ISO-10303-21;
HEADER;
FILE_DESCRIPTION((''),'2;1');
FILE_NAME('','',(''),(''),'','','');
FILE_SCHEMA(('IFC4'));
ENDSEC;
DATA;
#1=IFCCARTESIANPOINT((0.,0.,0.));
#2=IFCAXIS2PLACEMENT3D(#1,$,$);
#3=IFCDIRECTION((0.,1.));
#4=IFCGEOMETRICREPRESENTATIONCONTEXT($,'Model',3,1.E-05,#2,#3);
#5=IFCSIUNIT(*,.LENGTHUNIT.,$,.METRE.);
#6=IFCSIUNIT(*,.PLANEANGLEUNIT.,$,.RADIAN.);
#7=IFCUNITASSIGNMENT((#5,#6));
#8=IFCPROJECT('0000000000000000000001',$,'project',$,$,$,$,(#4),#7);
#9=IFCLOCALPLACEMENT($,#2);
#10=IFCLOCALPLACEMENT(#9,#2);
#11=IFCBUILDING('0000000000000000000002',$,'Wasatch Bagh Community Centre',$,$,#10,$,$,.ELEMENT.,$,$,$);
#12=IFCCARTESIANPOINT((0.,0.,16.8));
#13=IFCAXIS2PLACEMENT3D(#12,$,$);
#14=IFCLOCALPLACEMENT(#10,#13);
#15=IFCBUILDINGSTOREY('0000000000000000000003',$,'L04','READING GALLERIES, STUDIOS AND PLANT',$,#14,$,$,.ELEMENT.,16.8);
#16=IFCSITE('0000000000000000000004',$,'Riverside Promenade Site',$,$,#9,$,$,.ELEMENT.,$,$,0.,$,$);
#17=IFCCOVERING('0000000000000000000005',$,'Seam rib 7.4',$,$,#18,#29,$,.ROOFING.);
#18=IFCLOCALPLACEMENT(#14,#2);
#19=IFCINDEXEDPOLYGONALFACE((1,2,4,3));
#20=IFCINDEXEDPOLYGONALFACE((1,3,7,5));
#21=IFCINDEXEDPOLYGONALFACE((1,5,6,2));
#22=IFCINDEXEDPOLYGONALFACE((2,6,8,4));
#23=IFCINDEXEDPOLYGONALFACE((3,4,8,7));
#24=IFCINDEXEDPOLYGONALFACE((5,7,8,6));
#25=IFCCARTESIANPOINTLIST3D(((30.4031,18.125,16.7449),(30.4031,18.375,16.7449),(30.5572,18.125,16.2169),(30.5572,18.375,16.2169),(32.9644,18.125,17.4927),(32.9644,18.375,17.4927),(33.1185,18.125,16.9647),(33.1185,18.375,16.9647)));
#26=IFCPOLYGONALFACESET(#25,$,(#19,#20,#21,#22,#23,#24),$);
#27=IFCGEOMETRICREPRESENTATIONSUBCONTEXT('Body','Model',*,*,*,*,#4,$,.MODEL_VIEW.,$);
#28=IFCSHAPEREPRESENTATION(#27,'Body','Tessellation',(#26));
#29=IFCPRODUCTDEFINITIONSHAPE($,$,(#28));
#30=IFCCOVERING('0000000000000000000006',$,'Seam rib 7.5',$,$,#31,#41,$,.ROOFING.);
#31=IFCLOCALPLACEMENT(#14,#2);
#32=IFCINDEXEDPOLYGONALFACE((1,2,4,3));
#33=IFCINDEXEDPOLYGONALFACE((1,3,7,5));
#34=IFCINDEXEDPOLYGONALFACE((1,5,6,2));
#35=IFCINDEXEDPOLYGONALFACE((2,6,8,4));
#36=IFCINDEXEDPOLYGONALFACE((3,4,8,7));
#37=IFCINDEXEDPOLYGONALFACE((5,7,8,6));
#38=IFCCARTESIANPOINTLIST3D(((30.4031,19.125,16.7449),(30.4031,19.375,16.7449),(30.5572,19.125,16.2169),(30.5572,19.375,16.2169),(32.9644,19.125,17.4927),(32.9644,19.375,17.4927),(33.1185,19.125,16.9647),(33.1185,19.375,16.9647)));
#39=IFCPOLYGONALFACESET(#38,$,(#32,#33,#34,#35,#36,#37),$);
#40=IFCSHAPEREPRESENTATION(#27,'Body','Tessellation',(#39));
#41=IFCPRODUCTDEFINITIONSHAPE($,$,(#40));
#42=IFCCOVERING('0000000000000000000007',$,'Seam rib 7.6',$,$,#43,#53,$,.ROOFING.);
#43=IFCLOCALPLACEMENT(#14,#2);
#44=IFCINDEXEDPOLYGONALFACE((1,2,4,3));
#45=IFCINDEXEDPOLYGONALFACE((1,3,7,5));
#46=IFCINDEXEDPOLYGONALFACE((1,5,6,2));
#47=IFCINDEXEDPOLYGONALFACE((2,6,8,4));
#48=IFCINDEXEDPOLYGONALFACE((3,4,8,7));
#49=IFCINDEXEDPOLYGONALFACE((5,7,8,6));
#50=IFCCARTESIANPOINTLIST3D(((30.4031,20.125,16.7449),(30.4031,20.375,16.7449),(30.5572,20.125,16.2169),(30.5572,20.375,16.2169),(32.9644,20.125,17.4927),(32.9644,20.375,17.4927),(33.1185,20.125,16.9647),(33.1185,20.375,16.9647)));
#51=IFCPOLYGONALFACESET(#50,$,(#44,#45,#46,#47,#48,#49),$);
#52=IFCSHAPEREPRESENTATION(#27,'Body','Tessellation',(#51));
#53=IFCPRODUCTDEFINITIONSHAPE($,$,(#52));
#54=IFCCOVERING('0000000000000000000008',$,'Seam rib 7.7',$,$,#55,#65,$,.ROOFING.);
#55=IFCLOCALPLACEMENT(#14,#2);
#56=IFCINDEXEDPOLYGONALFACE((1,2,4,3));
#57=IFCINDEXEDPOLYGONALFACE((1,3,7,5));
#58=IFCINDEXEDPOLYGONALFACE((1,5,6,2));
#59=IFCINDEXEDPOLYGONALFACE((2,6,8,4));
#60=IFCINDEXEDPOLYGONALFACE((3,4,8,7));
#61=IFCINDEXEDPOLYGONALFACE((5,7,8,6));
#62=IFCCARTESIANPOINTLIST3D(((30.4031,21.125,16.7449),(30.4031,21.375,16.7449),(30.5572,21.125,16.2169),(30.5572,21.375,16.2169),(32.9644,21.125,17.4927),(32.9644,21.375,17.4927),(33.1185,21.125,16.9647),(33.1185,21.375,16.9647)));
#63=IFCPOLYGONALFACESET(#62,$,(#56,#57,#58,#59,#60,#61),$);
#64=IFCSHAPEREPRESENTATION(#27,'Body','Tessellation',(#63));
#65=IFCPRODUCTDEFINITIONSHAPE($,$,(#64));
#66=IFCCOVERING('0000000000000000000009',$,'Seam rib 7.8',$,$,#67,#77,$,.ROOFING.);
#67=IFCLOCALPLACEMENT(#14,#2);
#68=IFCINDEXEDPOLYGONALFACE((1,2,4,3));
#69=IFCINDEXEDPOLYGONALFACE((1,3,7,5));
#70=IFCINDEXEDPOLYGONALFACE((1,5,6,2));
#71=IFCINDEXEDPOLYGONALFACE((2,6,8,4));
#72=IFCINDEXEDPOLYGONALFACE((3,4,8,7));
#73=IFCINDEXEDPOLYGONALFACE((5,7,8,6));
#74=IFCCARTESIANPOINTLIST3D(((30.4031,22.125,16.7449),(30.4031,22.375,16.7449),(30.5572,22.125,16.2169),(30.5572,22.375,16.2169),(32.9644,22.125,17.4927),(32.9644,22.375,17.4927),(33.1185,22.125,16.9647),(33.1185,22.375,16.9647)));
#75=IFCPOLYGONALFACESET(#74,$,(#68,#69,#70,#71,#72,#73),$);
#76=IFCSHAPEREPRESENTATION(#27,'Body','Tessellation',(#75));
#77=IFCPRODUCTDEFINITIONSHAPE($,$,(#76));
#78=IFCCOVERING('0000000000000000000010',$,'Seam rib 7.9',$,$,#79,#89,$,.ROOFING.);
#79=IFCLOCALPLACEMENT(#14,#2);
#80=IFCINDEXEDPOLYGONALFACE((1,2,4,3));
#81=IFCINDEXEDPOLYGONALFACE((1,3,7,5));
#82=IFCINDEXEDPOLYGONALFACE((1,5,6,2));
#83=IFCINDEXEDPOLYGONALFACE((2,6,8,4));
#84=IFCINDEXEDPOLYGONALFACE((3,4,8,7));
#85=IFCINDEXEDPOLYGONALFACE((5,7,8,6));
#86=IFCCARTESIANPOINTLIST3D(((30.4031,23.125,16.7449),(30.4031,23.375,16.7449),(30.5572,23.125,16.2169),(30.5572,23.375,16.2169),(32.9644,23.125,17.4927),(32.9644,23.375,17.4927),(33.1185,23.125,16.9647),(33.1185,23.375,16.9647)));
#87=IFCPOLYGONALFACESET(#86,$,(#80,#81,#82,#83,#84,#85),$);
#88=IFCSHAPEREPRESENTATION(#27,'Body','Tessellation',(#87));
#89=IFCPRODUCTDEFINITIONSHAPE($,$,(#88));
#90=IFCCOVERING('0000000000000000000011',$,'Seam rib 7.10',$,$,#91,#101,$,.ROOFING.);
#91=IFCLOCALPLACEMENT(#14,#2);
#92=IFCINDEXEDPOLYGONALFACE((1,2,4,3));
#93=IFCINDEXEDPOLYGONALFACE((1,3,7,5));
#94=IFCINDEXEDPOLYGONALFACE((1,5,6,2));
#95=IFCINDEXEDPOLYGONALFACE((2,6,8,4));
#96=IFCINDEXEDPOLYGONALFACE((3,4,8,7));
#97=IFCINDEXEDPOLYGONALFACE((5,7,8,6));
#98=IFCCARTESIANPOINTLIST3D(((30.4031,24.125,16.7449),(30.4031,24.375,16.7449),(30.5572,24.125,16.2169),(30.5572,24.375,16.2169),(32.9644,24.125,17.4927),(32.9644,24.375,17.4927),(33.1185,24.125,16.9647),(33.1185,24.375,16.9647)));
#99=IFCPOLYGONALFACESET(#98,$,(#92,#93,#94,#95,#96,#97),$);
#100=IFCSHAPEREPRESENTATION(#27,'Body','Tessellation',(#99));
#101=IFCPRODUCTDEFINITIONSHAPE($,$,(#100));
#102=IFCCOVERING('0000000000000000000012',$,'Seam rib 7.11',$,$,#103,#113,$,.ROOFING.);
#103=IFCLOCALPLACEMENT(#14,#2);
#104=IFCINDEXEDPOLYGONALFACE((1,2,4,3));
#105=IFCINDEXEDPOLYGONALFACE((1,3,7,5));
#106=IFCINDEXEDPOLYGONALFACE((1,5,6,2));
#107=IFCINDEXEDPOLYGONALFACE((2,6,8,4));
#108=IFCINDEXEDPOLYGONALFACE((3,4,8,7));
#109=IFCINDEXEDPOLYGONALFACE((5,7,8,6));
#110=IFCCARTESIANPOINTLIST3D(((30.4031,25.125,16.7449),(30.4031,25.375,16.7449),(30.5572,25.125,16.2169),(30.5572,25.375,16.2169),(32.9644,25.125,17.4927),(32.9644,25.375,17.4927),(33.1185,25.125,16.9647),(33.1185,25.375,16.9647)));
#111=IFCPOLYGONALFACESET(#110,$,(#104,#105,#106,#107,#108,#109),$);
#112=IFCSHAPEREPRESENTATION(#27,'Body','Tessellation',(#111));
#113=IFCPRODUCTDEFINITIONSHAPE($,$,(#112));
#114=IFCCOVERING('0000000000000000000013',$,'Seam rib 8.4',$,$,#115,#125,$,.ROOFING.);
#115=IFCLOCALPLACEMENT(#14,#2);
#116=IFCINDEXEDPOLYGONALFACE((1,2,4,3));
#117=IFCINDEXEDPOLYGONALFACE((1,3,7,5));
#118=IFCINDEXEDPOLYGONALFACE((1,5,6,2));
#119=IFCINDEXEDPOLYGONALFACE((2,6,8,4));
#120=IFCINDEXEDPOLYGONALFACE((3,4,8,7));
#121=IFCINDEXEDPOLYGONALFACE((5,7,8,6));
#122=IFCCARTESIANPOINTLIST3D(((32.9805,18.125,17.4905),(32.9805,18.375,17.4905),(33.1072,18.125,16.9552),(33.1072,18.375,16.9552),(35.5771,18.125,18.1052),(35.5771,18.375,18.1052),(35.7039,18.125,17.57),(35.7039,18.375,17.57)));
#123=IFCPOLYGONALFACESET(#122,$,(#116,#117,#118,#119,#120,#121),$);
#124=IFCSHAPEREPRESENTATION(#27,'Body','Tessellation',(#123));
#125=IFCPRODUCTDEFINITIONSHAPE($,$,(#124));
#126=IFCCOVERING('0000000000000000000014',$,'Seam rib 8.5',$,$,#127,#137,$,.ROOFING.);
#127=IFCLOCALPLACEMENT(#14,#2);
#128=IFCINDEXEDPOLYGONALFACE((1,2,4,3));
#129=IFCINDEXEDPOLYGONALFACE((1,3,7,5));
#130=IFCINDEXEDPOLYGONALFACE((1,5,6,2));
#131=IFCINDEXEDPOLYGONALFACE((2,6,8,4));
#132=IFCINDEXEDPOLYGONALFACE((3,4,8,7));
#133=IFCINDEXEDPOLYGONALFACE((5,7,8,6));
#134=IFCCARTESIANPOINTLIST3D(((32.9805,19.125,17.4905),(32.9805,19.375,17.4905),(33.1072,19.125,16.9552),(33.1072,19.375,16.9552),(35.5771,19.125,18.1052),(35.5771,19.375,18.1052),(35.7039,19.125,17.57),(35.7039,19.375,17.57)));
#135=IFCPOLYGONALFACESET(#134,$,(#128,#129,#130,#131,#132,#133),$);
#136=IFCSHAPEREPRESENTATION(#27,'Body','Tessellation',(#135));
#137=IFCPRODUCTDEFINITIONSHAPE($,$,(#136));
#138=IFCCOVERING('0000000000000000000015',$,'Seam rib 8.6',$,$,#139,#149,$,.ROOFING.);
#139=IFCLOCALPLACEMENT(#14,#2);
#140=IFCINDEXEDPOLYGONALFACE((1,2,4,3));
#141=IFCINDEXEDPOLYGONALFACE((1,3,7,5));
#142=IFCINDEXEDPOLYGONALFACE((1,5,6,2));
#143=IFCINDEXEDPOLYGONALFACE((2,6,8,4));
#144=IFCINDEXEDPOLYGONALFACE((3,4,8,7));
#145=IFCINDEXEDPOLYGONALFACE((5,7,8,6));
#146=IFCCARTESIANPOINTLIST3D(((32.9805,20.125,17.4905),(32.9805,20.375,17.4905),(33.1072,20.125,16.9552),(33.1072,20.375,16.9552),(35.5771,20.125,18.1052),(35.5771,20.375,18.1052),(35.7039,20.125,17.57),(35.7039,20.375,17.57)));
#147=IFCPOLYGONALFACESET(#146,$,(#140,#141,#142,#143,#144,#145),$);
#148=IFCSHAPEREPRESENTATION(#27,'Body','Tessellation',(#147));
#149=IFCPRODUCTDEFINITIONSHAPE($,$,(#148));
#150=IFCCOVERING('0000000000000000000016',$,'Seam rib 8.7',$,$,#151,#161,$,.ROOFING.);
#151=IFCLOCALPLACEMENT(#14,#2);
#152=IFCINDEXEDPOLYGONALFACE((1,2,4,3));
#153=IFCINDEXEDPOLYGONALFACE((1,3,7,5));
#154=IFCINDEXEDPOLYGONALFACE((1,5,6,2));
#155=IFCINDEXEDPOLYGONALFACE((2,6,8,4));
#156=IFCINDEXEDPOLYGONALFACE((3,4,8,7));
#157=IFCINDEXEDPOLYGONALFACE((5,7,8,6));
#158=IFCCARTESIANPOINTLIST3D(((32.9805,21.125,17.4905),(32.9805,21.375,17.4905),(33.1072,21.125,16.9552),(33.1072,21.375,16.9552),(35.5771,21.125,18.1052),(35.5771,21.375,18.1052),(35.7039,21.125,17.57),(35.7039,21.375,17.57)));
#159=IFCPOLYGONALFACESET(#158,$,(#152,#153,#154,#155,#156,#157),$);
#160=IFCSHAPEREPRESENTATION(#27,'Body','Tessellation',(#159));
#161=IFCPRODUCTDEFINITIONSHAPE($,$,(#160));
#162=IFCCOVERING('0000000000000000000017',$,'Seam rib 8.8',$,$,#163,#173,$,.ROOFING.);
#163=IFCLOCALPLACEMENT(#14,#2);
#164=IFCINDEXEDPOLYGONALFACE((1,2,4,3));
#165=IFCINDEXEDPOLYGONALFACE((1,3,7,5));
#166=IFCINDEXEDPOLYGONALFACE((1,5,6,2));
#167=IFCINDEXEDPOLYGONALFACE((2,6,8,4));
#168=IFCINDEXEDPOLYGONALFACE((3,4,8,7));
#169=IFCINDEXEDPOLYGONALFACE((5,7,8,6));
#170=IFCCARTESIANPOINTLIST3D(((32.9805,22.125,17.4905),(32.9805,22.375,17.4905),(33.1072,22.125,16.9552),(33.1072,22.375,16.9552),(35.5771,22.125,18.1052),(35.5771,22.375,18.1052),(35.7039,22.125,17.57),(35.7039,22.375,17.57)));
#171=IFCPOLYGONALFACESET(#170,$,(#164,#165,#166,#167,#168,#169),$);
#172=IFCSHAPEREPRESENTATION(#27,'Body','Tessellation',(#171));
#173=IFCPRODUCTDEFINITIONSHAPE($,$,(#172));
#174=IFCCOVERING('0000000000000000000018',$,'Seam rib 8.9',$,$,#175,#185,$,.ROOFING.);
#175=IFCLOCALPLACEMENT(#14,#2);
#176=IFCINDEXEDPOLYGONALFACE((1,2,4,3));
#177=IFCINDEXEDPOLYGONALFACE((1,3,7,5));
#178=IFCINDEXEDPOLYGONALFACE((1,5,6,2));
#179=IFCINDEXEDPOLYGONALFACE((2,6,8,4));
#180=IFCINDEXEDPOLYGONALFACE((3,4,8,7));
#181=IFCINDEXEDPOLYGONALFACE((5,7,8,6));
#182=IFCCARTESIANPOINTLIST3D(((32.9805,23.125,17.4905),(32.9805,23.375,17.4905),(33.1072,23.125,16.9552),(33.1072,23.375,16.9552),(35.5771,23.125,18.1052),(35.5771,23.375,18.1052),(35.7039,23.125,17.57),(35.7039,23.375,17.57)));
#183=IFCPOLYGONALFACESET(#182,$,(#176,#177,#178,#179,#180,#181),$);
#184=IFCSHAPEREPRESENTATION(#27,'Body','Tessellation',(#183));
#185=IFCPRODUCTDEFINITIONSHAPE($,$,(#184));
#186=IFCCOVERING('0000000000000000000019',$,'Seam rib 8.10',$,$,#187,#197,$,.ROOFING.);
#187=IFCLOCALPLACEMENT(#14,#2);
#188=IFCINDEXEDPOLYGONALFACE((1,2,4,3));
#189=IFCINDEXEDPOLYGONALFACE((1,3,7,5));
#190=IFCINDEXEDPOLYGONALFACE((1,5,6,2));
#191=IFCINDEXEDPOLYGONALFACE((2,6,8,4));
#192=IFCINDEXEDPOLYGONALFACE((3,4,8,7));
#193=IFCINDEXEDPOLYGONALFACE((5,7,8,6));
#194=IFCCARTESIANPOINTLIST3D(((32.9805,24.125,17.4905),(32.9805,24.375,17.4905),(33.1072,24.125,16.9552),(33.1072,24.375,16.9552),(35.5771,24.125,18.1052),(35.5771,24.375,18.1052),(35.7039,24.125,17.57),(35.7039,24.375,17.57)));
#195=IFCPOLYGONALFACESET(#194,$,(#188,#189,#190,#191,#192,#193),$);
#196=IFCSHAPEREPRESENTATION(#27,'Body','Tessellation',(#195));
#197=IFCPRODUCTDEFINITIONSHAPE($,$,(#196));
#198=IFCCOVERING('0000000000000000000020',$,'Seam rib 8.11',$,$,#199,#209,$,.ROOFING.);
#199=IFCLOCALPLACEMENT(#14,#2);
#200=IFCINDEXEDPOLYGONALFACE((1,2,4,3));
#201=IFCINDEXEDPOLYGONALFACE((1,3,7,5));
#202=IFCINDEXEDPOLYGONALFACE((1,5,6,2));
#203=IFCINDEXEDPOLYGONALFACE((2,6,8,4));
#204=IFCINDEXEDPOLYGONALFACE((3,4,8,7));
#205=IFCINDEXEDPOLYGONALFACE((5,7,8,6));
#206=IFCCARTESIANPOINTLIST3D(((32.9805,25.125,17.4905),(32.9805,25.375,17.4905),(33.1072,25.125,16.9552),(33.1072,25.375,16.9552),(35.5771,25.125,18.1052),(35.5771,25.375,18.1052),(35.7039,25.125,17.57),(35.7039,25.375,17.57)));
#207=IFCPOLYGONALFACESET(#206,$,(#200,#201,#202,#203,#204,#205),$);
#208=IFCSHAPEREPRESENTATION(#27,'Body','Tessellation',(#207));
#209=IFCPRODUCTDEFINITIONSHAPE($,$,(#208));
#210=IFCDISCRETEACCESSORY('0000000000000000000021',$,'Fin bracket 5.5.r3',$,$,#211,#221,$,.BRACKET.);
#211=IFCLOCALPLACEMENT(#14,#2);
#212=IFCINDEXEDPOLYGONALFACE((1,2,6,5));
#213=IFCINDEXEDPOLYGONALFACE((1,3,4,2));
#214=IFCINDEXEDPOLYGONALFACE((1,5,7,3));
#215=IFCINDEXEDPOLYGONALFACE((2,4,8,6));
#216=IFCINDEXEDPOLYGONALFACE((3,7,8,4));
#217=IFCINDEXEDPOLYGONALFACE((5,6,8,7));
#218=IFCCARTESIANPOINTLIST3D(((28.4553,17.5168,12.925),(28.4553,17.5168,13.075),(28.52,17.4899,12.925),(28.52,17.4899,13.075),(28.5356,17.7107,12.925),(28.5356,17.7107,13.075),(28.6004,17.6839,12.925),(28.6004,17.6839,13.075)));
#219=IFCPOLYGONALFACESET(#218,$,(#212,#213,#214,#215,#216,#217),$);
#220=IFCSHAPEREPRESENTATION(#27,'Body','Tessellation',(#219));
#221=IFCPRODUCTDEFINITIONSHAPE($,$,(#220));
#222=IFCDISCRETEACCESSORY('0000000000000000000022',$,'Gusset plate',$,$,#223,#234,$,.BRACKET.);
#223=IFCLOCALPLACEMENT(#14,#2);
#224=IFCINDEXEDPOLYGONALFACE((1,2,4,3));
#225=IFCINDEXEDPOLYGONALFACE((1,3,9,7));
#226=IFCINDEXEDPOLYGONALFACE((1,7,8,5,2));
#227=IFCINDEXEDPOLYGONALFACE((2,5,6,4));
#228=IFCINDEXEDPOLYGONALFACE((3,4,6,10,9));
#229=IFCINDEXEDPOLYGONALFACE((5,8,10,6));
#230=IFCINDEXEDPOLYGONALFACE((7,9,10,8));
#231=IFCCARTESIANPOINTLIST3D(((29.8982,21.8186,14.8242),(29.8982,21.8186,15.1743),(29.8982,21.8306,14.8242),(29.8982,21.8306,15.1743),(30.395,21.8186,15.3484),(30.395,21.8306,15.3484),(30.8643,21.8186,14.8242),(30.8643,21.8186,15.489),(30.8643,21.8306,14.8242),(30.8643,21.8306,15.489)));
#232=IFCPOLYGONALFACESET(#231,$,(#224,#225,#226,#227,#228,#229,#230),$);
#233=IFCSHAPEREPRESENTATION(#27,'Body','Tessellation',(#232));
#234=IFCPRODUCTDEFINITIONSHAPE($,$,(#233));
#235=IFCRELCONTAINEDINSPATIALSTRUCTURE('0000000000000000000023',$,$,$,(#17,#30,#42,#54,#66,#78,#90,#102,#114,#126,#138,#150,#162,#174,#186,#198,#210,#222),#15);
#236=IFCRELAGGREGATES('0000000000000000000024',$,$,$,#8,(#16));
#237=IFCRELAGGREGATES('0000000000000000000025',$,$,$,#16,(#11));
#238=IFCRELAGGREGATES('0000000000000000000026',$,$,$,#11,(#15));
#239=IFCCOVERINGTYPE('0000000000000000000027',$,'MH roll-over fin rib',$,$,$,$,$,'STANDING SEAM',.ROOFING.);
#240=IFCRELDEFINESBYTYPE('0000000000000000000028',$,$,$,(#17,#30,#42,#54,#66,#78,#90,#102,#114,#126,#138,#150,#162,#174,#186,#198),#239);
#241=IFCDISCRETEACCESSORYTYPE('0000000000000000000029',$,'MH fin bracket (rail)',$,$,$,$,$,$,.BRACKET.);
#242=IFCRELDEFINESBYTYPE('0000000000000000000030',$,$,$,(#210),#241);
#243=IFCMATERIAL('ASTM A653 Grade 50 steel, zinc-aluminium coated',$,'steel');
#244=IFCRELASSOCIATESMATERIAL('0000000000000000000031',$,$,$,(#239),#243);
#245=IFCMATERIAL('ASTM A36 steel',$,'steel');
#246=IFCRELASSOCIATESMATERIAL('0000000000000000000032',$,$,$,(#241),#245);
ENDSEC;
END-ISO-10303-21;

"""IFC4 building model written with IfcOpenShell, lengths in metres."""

from ifc_helpers import new_model, si_unit, direction, frame, origin, origin_2d, place, context, subcontext, project, spatial, polyline, rectangle, outline, extrude, material, type_object, element, save


model = new_model("IFC4")

# Units and contexts
model_context = context("Model", 3, precision=1e-05, world=origin(), true_north=direction((0.0, 1.0)))
body_context = subcontext(model_context, "Body", "Model", "MODEL_VIEW")
ifc_project = project(units=[si_unit("LENGTHUNIT", "METRE"), si_unit("PLANEANGLEUNIT", "RADIAN")], contexts=[model_context])

# Site, building, storey
site_placement = place(None, origin())
site = spatial("IfcSite", under=ifc_project, at=site_placement, Name="Riverside Promenade Site", CompositionType="ELEMENT", RefElevation=0.0)
building_placement = place(site_placement, origin())
building = spatial("IfcBuilding", under=site, at=building_placement, Name="Wasatch Bagh Community Centre", CompositionType="ELEMENT")
storey_placement = place(building_placement, frame((0.0, 0.0, 16.8)))
storey = spatial("IfcBuildingStorey", under=building, at=storey_placement, Name="L04", Description="READING GALLERIES, STUDIOS AND PLANT", CompositionType="ELEMENT", Elevation=16.8)

# Coverings
ifc_material_1 = material(Name="ASTM A653 Grade 50 steel, zinc-aluminium coated", Category="steel")
covering_type = type_object("IfcCoveringType", Name="MH roll-over fin rib", ElementType="STANDING SEAM", PredefinedType="ROOFING", material=ifc_material_1)
for number, where, z_axis, x_axis, name in (
    (1, (30.4031, 18.125, 16.7449), (-0.280264, 0.0, 0.959923), (0.959923, 0.0, 0.280264), "Seam rib 7.4"),
    (2, (30.4031, 19.125, 16.7449), (-0.280264, 0.0, 0.959923), (0.959923, 0.0, 0.280264), "Seam rib 7.5"),
    (3, (30.4031, 20.125, 16.7449), (-0.280264, 0.0, 0.959923), (0.959923, 0.0, 0.280264), "Seam rib 7.6"),
    (4, (30.4031, 21.125, 16.7449), (-0.280264, 0.0, 0.959923), (0.959923, 0.0, 0.280264), "Seam rib 7.7"),
    (5, (30.4031, 22.125, 16.7449), (-0.280264, 0.0, 0.959923), (0.959923, 0.0, 0.280264), "Seam rib 7.8"),
    (6, (30.4031, 23.125, 16.7449), (-0.280264, 0.0, 0.959923), (0.959923, 0.0, 0.280264), "Seam rib 7.9"),
    (7, (30.4031, 24.125, 16.7449), (-0.280264, 0.0, 0.959923), (0.959923, 0.0, 0.280264), "Seam rib 7.10"),
    (8, (30.4031, 25.125, 16.7449), (-0.280264, 0.0, 0.959923), (0.959923, 0.0, 0.280264), "Seam rib 7.11"),
):
    element("IfcCovering", number, at=place(storey_placement, frame(where, z_axis=z_axis, x_axis=x_axis)), inside=storey, type_object=covering_type, Name=name, PredefinedType="ROOFING", context=body_context, shape_type="SweptSolid", body=[
        extrude(outline(polyline([(0.0, 0.0), (2.6682, 0.0), (2.6682, 0.25), (0.0, 0.25), (0.0, 0.0)])), origin(), (0.0, 0.0, -1.0), 0.55),
    ])
for number, where, z_axis, x_axis, name in (
    (9, (32.9805, 18.125, 17.4905), (-0.230375, 0.0, 0.973102), (0.973102, 0.0, 0.230375), "Seam rib 8.4"),
    (10, (32.9805, 19.125, 17.4905), (-0.230375, 0.0, 0.973102), (0.973102, 0.0, 0.230375), "Seam rib 8.5"),
    (11, (32.9805, 20.125, 17.4905), (-0.230375, 0.0, 0.973102), (0.973102, 0.0, 0.230375), "Seam rib 8.6"),
    (12, (32.9805, 21.125, 17.4905), (-0.230375, 0.0, 0.973102), (0.973102, 0.0, 0.230375), "Seam rib 8.7"),
    (13, (32.9805, 22.125, 17.4905), (-0.230375, 0.0, 0.973102), (0.973102, 0.0, 0.230375), "Seam rib 8.8"),
    (14, (32.9805, 23.125, 17.4905), (-0.230375, 0.0, 0.973102), (0.973102, 0.0, 0.230375), "Seam rib 8.9"),
    (15, (32.9805, 24.125, 17.4905), (-0.230375, 0.0, 0.973102), (0.973102, 0.0, 0.230375), "Seam rib 8.10"),
    (16, (32.9805, 25.125, 17.4905), (-0.230375, 0.0, 0.973102), (0.973102, 0.0, 0.230375), "Seam rib 8.11"),
):
    element("IfcCovering", number, at=place(storey_placement, frame(where, z_axis=z_axis, x_axis=x_axis)), inside=storey, type_object=covering_type, Name=name, PredefinedType="ROOFING", context=body_context, shape_type="SweptSolid", body=[
        extrude(outline(polyline([(0.0, 0.0), (2.6685, 0.0), (2.6685, 0.25), (0.0, 0.25), (0.0, 0.0)])), origin(), (0.0, 0.0, -1.0), 0.55),
    ])

# Discrete accessories
ifc_material_2 = material(Name="ASTM A36 steel", Category="steel")
discrete_accessory_type = type_object("IfcDiscreteAccessoryType", Name="MH fin bracket (rail)", PredefinedType="BRACKET", material=ifc_material_2)
discrete_accessory_1_placement = place(storey_placement, frame((28.5278, 17.6003, 12.925), z_axis=(0.0, 0.0, 1.0), x_axis=(0.92388, -0.382683, 0.0)))
element("IfcDiscreteAccessory", 17, at=discrete_accessory_1_placement, inside=storey, type_object=discrete_accessory_type, Name="Fin bracket 5.5.r3", PredefinedType="BRACKET", context=body_context, shape_type="SweptSolid", body=[
    extrude(rectangle(XDim=0.0701, YDim=0.21, at=origin_2d()), origin(), (0.0, 0.0, 1.0), 0.1499),
])
discrete_accessory_2_placement = place(storey_placement, frame((29.8982, 21.8306, 15.1743), z_axis=(0.0, 1.0, 0.0), x_axis=(0.94375, 0.0, 0.33066)))
element("IfcDiscreteAccessory", 18, at=discrete_accessory_2_placement, inside=storey, Name="Gusset plate", PredefinedType="BRACKET", context=body_context, shape_type="SweptSolid", body=[
    extrude(outline(polyline([(0.0, 0.0), (0.5264, 0.0), (1.0158, 0.0224), (0.796, 0.6498), (-0.1158, 0.3304), (0.0, 0.0)])), origin(), (0.0, 0.0, -1.0), 0.012),
])

save(model, "model.ifc")
